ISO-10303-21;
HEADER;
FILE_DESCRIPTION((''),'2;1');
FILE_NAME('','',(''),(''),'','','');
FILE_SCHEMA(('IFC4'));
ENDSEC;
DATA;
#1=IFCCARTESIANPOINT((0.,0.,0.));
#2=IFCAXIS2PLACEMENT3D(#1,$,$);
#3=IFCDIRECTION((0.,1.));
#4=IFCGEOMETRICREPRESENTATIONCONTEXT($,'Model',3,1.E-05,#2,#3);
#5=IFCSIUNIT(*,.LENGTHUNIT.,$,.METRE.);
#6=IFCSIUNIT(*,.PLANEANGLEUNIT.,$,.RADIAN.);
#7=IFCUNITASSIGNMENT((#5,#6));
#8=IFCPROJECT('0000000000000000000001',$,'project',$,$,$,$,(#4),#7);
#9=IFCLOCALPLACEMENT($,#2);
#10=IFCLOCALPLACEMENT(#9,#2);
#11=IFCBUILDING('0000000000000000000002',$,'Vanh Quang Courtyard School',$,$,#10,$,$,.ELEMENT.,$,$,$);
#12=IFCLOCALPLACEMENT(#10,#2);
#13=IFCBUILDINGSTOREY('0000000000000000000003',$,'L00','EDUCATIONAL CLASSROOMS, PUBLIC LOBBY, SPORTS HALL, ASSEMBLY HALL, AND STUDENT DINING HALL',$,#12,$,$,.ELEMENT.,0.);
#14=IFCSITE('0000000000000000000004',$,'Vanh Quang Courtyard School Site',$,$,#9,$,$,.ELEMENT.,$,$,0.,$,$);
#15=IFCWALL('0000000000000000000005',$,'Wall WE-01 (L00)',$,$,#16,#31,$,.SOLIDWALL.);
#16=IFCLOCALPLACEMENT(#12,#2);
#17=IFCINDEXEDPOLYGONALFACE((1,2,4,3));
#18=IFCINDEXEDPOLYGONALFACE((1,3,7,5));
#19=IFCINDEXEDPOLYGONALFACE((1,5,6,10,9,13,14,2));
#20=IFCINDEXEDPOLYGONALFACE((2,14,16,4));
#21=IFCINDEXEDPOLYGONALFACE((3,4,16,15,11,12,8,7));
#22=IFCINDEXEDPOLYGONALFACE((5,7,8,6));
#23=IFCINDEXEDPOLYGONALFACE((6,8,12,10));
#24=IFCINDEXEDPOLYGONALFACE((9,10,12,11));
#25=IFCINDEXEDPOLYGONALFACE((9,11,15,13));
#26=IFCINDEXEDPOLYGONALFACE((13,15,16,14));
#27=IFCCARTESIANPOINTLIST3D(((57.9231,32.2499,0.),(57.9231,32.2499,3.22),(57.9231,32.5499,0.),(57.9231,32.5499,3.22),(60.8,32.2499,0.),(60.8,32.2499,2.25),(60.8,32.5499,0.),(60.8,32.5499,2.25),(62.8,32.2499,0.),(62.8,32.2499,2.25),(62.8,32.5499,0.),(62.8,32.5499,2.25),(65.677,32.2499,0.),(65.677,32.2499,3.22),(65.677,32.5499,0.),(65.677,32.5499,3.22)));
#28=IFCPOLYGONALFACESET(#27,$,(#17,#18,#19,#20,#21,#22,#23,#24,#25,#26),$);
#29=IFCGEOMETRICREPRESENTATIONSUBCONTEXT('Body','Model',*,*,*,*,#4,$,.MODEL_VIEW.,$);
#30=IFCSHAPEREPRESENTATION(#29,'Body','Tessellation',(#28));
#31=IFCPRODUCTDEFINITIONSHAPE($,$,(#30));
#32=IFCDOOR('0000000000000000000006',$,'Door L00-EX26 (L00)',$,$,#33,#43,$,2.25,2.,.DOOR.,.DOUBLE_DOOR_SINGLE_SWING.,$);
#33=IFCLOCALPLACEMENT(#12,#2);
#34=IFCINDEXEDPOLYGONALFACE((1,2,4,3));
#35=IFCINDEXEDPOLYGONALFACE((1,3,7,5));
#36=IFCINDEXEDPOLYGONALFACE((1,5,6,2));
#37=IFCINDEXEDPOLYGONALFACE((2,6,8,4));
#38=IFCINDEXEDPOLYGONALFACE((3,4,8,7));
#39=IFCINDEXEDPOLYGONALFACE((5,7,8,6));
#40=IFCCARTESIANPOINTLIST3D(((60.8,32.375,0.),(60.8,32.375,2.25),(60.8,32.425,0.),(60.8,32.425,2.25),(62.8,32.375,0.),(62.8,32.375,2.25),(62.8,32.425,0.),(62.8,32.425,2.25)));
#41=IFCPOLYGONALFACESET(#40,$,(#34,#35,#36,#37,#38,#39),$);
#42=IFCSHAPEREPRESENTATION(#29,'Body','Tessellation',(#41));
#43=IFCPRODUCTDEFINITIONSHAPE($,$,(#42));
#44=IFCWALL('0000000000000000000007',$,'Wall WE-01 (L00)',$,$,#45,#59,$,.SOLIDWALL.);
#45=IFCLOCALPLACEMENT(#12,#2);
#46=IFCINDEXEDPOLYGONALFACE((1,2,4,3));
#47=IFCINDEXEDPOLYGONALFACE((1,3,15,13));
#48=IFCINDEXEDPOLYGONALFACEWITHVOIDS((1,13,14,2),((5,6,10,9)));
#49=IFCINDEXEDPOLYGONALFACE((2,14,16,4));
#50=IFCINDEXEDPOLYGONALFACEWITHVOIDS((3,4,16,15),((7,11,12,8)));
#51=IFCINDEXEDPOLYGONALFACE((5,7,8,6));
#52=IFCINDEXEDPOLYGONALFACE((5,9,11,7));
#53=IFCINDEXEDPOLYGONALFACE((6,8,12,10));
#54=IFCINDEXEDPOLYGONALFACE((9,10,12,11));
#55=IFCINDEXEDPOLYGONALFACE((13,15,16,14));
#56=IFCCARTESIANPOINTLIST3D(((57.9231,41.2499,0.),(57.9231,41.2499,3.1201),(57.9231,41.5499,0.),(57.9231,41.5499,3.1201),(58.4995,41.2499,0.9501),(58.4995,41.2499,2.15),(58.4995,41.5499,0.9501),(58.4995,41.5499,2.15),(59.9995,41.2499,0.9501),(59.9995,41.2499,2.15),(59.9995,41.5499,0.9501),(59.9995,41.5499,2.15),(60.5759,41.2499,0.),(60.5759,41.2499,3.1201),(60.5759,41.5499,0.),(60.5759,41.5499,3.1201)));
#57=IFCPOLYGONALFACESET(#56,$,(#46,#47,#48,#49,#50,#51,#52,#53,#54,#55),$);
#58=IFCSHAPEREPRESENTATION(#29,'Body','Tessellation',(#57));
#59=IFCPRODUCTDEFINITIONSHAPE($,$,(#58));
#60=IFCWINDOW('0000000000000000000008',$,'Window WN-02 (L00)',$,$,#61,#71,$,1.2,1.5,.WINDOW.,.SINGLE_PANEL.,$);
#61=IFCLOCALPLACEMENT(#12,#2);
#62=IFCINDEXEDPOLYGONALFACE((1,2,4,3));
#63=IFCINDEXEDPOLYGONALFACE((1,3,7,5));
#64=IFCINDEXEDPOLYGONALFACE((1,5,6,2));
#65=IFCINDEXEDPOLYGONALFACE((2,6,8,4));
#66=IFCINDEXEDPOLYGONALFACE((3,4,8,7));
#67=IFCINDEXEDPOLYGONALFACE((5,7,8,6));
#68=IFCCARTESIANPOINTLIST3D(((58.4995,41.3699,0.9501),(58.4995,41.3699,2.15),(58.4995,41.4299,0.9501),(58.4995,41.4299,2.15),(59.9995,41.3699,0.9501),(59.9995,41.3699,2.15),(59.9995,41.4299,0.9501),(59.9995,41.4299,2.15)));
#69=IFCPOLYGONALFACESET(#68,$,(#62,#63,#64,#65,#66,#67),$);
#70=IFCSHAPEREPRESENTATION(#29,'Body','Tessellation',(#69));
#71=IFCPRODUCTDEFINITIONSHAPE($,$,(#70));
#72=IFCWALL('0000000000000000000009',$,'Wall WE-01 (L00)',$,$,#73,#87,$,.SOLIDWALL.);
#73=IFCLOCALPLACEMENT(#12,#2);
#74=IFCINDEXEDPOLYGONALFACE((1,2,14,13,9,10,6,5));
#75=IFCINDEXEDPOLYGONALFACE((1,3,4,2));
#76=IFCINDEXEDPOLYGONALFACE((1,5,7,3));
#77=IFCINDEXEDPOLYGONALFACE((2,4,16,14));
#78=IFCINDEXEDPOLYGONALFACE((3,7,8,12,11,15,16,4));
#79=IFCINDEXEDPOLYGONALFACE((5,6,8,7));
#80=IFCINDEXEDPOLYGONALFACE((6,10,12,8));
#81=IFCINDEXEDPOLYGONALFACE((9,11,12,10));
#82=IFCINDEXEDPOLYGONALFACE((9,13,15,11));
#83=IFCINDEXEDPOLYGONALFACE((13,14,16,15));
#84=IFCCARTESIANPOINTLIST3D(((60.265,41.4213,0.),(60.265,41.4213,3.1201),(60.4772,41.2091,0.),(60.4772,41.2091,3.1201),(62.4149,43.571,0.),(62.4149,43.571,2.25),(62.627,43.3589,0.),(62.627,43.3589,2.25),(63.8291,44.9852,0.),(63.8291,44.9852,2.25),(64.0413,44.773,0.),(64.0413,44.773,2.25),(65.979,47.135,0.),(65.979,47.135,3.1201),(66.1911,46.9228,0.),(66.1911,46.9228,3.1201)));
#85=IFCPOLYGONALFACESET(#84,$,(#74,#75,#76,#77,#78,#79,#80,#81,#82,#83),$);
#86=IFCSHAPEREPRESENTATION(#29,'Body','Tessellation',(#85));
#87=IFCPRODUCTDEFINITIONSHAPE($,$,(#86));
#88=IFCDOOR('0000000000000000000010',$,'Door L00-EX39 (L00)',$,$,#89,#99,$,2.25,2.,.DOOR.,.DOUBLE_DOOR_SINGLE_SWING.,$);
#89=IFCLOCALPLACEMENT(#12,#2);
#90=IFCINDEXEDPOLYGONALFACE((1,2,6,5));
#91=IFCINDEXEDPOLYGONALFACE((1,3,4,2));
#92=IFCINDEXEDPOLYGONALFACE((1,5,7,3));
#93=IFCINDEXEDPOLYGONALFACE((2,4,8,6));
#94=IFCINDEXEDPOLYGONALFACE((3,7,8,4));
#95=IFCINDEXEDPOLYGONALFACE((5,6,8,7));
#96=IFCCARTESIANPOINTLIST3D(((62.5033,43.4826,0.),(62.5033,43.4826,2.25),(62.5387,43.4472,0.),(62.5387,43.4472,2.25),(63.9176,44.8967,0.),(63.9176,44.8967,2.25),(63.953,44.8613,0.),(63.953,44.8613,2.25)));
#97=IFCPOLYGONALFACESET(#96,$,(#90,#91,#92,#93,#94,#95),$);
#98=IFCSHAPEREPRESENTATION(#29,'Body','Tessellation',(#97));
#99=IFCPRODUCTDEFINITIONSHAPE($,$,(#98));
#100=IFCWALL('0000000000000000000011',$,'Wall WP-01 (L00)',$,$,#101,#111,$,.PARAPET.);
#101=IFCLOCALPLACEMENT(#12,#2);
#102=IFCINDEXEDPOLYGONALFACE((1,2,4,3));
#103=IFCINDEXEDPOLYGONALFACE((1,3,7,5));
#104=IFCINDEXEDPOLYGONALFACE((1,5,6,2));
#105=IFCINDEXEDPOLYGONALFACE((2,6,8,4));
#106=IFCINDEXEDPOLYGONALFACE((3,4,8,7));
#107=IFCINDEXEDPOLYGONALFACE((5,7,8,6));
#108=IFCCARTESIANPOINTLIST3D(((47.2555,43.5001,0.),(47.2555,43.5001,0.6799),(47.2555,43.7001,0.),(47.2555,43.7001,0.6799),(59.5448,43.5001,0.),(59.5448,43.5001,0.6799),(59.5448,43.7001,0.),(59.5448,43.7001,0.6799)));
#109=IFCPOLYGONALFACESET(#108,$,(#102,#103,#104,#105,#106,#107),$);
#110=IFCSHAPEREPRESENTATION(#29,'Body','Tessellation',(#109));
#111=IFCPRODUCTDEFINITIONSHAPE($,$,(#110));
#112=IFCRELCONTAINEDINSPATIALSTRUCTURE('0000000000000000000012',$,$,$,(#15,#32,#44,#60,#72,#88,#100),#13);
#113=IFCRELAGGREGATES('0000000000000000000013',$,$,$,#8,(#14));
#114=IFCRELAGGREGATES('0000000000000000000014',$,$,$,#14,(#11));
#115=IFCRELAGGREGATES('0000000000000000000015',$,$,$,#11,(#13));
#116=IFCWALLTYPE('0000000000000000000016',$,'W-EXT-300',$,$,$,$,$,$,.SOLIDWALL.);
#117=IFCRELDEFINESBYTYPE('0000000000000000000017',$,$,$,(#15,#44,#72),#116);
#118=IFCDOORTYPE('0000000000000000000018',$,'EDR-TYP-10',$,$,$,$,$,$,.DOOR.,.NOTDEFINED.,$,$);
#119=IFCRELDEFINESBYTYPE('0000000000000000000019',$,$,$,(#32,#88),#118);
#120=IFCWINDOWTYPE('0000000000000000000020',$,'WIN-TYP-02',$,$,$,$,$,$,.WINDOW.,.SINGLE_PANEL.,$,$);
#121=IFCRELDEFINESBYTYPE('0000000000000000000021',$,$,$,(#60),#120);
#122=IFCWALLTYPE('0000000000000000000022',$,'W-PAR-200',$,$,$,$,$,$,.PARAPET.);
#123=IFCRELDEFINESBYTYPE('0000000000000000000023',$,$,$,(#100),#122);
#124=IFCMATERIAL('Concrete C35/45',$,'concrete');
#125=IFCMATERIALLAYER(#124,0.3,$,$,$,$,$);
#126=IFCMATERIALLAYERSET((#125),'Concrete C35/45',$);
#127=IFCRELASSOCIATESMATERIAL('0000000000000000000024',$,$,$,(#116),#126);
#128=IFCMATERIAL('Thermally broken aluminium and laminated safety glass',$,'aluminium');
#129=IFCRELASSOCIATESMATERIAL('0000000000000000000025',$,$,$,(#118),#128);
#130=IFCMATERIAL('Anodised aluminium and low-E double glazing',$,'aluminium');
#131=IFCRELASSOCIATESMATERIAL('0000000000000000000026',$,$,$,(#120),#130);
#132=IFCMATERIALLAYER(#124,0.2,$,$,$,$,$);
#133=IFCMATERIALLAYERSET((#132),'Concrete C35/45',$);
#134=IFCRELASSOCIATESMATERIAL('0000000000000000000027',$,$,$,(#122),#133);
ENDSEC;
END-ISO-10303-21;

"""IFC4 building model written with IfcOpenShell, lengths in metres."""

from ifc_helpers import new_model, si_unit, direction, frame, frame_2d, origin, place, context, subcontext, project, spatial, rectangle, extrude, material, layer, layer_set, type_object, element, fill, save


model = new_model("IFC4")

# Units and contexts
model_context = context("Model", 3, precision=1e-05, world=origin(), true_north=direction((0.0, 1.0)))
body_context = subcontext(model_context, "Body", "Model", "MODEL_VIEW")
ifc_project = project(units=[si_unit("LENGTHUNIT", "METRE"), si_unit("PLANEANGLEUNIT", "RADIAN")], contexts=[model_context])

# Site, building, storey
site_placement = place(None, origin())
site = spatial("IfcSite", under=ifc_project, at=site_placement, Name="Vanh Quang Courtyard School Site", CompositionType="ELEMENT", RefElevation=0.0)
building_placement = place(site_placement, origin())
building = spatial("IfcBuilding", under=site, at=building_placement, Name="Vanh Quang Courtyard School", CompositionType="ELEMENT")
storey_placement = place(building_placement, origin())
storey = spatial("IfcBuildingStorey", under=building, at=storey_placement, Name="L00", Description="EDUCATIONAL CLASSROOMS, PUBLIC LOBBY, SPORTS HALL, ASSEMBLY HALL, AND STUDENT DINING HALL", CompositionType="ELEMENT", Elevation=0.0)

# Shared definitions
ifc_material_1 = material(Name="Concrete C35/45", Category="concrete")

# Wall, opening, door
ifc_layer_1 = layer(ifc_material_1, 0.3)
ifc_layer_set_1 = layer_set([ifc_layer_1], Name="Concrete C35/45")
wall_type_1 = type_object("IfcWallType", Name="W-EXT-300", PredefinedType="SOLIDWALL", material=ifc_layer_set_1)
wall_1_placement = place(storey_placement, frame((65.677, 32.3999, 0.0), z_axis=(0.0, 0.0, 1.0), x_axis=(-1.0, 0.0, 0.0)))
wall_1 = element("IfcWall", 1, at=wall_1_placement, inside=storey, type_object=wall_type_1, Name="Wall WE-01 (L00)", PredefinedType="SOLIDWALL", context=body_context, shape_type="SweptSolid", body=[
    extrude(rectangle(XDim=7.7539, YDim=0.3, at=frame_2d((3.877, 0.0))), origin(), (0.0, 0.0, 1.0), 3.22),
])
opening_1_placement = place(wall_1_placement, frame((2.877, 0.0, 0.0)))
opening_1 = element("IfcOpeningElement", 2, at=opening_1_placement, cuts=wall_1, PredefinedType="OPENING", context=body_context, shape_type="SweptSolid", body=[
    extrude(rectangle(XDim=2.0, YDim=2.25, at=frame_2d((1.0, 1.125))), frame((0.0, 0.1602, 0.0), z_axis=(0.0, -1.0, 0.0), x_axis=(1.0, 0.0, 0.0)), (0.0, 0.0, 1.0), 0.3201),
])
ifc_material_2 = material(Name="Thermally broken aluminium and laminated safety glass", Category="aluminium")
door_type = type_object("IfcDoorType", Name="EDR-TYP-10", OperationType="NOTDEFINED", PredefinedType="DOOR", material=ifc_material_2)
door_1_placement = place(opening_1_placement, origin())
door_1 = element("IfcDoor", 3, at=door_1_placement, inside=storey, type_object=door_type, Name="Door L00-EX26 (L00)", OperationType="DOUBLE_DOOR_SINGLE_SWING", OverallHeight=2.25, OverallWidth=2.0, PredefinedType="DOOR", context=body_context, shape_type="SweptSolid", body=[
    extrude(rectangle(XDim=2.0, YDim=2.25, at=frame_2d((1.0, 1.125))), frame((0.0, 0.0249, 0.0), z_axis=(0.0, -1.0, 0.0), x_axis=(1.0, 0.0, 0.0)), (0.0, 0.0, 1.0), 0.05),
])
fill(opening_1, door_1)

# Wall, opening, window
wall_2_placement = place(storey_placement, frame((57.9231, 41.3999, 0.0), z_axis=(0.0, 0.0, 1.0), x_axis=(1.0, 0.0, 0.0)))
wall_2 = element("IfcWall", 4, at=wall_2_placement, inside=storey, type_object=wall_type_1, Name="Wall WE-01 (L00)", PredefinedType="SOLIDWALL", context=body_context, shape_type="SweptSolid", body=[
    extrude(rectangle(XDim=2.6528, YDim=0.3, at=frame_2d((1.3264, 0.0))), origin(), (0.0, 0.0, 1.0), 3.1201),
])
opening_2_placement = place(wall_2_placement, frame((0.5764, 0.0, 0.95)))
opening_2 = element("IfcOpeningElement", 5, at=opening_2_placement, cuts=wall_2, PredefinedType="OPENING", context=body_context, shape_type="SweptSolid", body=[
    extrude(rectangle(XDim=1.5, YDim=1.2, at=frame_2d((0.75, 0.6001))), frame((0.0, 0.1602, 0.0), z_axis=(0.0, -1.0, 0.0), x_axis=(1.0, 0.0, 0.0)), (0.0, 0.0, 1.0), 0.3201),
])
ifc_material_3 = material(Name="Anodised aluminium and low-E double glazing", Category="aluminium")
window_type = type_object("IfcWindowType", Name="WIN-TYP-02", PartitioningType="SINGLE_PANEL", PredefinedType="WINDOW", material=ifc_material_3)
window_placement = place(opening_2_placement, origin())
window = element("IfcWindow", 6, at=window_placement, inside=storey, type_object=window_type, Name="Window WN-02 (L00)", OverallHeight=1.2, OverallWidth=1.5, PartitioningType="SINGLE_PANEL", PredefinedType="WINDOW", context=body_context, shape_type="SweptSolid", body=[
    extrude(rectangle(XDim=1.5, YDim=1.2, at=frame_2d((0.75, 0.6001))), frame((0.0, 0.03, 0.0), z_axis=(0.0, -1.0, 0.0), x_axis=(1.0, 0.0, 0.0)), (0.0, 0.0, 1.0), 0.0601),
])
fill(opening_2, window)

# Wall, opening, door
wall_3_placement = place(storey_placement, frame((60.3711, 41.3152, 0.0), z_axis=(0.0, 0.0, 1.0), x_axis=(0.707122, 0.707092, 0.0)))
wall_3 = element("IfcWall", 7, at=wall_3_placement, inside=storey, type_object=wall_type_1, Name="Wall WE-01 (L00)", PredefinedType="SOLIDWALL", context=body_context, shape_type="SweptSolid", body=[
    extrude(rectangle(XDim=8.0806, YDim=0.3, at=frame_2d((4.0403, 0.0))), origin(), (0.0, 0.0, 1.0), 3.1201),
])
opening_3_placement = place(wall_3_placement, frame((3.0403, 0.0, 0.0)))
opening_3 = element("IfcOpeningElement", 8, at=opening_3_placement, cuts=wall_3, PredefinedType="OPENING", context=body_context, shape_type="SweptSolid", body=[
    extrude(rectangle(XDim=2.0, YDim=2.25, at=frame_2d((1.0, 1.125))), frame((0.0, 0.1602, 0.0), z_axis=(0.0, -1.0, 0.0), x_axis=(1.0, 0.0, 0.0)), (0.0, 0.0, 1.0), 0.3201),
])
door_2_placement = place(opening_3_placement, origin())
door_2 = element("IfcDoor", 9, at=door_2_placement, inside=storey, type_object=door_type, Name="Door L00-EX39 (L00)", OperationType="DOUBLE_DOOR_SINGLE_SWING", OverallHeight=2.25, OverallWidth=2.0, PredefinedType="DOOR", context=body_context, shape_type="SweptSolid", body=[
    extrude(rectangle(XDim=2.0, YDim=2.25, at=frame_2d((1.0, 1.125))), frame((0.0, 0.0249, 0.0), z_axis=(0.0, -1.0, 0.0), x_axis=(1.0, 0.0, 0.0)), (0.0, 0.0, 1.0), 0.05),
])
fill(opening_3, door_2)

# Wall
ifc_layer_2 = layer(ifc_material_1, 0.2)
ifc_layer_set_2 = layer_set([ifc_layer_2], Name="Concrete C35/45")
wall_type_2 = type_object("IfcWallType", Name="W-PAR-200", PredefinedType="PARAPET", material=ifc_layer_set_2)
wall_4_placement = place(storey_placement, frame((59.5447, 43.6001, 0.0), z_axis=(0.0, 0.0, 1.0), x_axis=(-1.0, 0.0, 0.0)))
element("IfcWall", 10, at=wall_4_placement, inside=storey, type_object=wall_type_2, Name="Wall WP-01 (L00)", PredefinedType="PARAPET", context=body_context, shape_type="SweptSolid", body=[
    extrude(rectangle(XDim=12.2893, YDim=0.2, at=frame_2d((6.1445, 0.0))), origin(), (0.0, 0.0, 1.0), 0.6799),
])

save(model, "model.ifc")
